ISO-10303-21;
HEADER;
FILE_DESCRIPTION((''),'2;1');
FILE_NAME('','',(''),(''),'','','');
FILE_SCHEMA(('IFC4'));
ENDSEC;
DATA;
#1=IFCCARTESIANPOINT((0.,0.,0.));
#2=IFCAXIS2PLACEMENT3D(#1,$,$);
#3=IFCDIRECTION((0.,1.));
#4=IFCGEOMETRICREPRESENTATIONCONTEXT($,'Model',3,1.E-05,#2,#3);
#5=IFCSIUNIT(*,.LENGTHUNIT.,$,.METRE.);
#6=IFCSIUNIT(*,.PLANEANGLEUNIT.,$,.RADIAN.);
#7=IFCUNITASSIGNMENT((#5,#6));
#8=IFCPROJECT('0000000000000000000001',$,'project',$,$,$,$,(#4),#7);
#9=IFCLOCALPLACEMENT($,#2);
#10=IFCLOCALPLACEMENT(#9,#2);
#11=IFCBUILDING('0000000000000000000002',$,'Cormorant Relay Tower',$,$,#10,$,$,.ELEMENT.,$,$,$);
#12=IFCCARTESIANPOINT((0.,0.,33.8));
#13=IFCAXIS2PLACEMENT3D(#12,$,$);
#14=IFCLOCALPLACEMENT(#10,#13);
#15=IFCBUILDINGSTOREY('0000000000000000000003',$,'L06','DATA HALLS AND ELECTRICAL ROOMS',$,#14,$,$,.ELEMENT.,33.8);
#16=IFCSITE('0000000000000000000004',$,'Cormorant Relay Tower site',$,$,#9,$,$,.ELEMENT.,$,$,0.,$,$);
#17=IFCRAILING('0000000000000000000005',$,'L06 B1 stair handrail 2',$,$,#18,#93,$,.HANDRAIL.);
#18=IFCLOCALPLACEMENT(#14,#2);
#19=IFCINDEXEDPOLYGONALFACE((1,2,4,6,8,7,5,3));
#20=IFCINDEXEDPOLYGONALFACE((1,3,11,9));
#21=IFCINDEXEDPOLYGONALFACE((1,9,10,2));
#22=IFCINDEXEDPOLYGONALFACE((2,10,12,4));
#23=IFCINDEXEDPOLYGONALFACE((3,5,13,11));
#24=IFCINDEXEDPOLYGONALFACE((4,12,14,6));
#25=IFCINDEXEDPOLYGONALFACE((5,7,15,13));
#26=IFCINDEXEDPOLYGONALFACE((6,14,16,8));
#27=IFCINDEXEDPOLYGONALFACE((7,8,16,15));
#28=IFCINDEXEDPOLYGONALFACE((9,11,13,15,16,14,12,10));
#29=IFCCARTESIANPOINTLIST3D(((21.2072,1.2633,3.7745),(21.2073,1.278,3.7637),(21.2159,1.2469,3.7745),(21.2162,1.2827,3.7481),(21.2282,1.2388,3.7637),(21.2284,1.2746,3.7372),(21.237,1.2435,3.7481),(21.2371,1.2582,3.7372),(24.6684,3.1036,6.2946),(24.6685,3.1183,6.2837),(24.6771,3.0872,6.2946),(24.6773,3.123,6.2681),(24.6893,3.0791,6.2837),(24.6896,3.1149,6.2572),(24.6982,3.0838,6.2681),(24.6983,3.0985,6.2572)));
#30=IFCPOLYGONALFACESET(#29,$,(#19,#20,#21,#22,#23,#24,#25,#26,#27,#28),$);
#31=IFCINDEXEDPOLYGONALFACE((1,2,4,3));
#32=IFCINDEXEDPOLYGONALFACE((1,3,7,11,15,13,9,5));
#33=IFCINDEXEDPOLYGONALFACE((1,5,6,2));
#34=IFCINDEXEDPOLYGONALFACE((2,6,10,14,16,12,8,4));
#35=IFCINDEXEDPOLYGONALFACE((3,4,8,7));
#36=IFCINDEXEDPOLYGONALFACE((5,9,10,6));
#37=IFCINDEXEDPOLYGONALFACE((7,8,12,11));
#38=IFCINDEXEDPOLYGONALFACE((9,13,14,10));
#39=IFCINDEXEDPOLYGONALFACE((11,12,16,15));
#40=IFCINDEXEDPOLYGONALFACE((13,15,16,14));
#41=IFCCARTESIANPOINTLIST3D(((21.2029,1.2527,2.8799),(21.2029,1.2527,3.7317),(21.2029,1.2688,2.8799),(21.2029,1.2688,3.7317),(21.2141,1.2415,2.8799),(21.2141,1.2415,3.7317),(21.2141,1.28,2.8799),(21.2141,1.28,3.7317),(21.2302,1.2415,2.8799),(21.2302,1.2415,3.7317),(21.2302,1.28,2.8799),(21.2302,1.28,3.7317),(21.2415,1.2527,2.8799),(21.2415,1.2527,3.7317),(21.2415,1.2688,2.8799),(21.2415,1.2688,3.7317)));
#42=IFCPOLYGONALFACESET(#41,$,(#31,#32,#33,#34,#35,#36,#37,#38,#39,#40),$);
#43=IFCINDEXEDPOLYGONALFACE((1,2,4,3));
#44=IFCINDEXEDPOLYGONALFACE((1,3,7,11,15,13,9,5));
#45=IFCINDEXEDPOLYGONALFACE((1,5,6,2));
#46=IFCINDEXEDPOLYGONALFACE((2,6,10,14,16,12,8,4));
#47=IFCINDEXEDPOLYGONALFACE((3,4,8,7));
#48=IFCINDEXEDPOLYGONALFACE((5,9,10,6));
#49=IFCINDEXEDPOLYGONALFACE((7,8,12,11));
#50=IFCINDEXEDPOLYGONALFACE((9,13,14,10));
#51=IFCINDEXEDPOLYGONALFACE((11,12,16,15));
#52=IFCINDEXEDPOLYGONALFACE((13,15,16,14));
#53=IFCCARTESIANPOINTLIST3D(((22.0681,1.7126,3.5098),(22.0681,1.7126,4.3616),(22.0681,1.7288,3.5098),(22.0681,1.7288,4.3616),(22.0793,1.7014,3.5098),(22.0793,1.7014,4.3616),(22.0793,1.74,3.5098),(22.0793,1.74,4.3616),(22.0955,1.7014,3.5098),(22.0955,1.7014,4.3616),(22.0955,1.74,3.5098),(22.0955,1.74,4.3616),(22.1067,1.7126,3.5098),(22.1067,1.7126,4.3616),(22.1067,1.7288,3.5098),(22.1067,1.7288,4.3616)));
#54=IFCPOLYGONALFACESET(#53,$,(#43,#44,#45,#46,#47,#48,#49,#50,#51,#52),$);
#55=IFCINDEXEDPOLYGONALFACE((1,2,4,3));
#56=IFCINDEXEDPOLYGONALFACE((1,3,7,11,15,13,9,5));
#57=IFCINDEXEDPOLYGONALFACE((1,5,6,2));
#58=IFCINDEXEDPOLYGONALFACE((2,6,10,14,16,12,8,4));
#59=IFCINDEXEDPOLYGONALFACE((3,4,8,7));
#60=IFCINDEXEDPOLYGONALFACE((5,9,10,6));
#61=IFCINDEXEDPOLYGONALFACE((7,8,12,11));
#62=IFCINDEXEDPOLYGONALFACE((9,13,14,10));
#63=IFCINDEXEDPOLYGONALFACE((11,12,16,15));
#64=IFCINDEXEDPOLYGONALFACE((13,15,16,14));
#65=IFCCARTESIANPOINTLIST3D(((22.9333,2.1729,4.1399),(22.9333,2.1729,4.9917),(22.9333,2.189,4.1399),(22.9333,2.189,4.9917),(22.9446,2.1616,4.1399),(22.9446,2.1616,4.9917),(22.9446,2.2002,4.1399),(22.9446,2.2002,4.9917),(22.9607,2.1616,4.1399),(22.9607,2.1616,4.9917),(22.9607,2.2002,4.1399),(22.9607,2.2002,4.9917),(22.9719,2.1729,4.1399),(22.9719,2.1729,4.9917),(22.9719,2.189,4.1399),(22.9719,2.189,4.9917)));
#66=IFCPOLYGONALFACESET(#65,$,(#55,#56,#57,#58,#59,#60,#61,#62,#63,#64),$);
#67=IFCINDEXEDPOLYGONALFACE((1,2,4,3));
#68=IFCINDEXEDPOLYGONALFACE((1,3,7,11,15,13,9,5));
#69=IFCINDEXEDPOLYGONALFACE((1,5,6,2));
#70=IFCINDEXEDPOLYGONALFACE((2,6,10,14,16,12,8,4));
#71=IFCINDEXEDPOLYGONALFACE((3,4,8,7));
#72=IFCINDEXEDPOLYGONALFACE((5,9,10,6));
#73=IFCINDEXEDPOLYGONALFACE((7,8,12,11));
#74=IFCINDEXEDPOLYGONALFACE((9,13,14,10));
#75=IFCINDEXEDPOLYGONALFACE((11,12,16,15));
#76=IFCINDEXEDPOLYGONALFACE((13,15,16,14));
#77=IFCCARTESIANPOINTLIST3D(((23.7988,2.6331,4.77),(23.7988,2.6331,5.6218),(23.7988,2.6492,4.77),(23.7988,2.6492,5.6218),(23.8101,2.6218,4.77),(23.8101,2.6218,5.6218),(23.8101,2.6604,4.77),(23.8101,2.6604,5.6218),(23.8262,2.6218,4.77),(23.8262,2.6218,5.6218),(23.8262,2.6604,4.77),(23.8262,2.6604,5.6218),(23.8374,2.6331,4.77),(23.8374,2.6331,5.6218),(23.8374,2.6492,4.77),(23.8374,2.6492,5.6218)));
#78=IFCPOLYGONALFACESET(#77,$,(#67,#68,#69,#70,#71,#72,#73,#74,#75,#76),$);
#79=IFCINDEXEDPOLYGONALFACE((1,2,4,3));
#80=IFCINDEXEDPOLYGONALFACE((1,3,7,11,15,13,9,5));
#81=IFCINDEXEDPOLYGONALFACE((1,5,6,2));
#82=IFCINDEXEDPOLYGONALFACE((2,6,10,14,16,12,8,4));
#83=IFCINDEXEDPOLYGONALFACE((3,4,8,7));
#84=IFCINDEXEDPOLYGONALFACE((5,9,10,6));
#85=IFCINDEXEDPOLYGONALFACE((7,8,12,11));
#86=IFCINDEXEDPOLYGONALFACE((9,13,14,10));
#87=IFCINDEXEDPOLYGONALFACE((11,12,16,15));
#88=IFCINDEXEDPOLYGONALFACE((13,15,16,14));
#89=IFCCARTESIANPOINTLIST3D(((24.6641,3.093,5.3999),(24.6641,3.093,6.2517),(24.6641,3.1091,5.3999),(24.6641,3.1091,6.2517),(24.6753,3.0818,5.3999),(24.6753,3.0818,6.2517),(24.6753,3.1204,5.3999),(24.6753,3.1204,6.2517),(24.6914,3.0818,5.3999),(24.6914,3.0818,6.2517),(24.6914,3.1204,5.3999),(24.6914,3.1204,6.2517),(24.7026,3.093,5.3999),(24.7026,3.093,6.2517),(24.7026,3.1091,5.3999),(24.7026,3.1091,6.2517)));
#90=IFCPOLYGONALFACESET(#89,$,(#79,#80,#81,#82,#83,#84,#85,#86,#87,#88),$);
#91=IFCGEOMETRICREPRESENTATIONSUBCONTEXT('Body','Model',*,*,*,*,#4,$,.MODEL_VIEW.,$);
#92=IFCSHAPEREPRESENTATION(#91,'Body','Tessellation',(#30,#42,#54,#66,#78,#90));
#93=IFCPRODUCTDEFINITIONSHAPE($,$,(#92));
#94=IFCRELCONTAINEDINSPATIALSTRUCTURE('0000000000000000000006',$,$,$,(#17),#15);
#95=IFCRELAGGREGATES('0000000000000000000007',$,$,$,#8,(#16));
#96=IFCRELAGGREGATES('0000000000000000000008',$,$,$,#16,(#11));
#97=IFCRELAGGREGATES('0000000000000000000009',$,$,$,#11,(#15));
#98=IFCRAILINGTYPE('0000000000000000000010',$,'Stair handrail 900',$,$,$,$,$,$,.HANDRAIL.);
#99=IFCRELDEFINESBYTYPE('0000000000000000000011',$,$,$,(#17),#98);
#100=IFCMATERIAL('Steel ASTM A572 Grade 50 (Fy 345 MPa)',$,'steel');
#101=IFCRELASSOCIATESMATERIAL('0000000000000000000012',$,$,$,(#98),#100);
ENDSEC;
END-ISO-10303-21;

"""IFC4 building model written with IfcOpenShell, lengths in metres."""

from ifc_helpers import new_model, si_unit, direction, frame, origin, place, context, subcontext, project, spatial, polyline, outline, extrude, material, type_object, element, save


model = new_model("IFC4")

# Units and contexts
model_context = context("Model", 3, precision=1e-05, world=origin(), true_north=direction((0.0, 1.0)))
body_context = subcontext(model_context, "Body", "Model", "MODEL_VIEW")
ifc_project = project(units=[si_unit("LENGTHUNIT", "METRE"), si_unit("PLANEANGLEUNIT", "RADIAN")], contexts=[model_context])

# Site, building, storey
site_placement = place(None, origin())
site = spatial("IfcSite", under=ifc_project, at=site_placement, Name="Cormorant Relay Tower site", CompositionType="ELEMENT", RefElevation=0.0)
building_placement = place(site_placement, origin())
building = spatial("IfcBuilding", under=site, at=building_placement, Name="Cormorant Relay Tower", CompositionType="ELEMENT")
storey_placement = place(building_placement, frame((0.0, 0.0, 33.8)))
storey = spatial("IfcBuildingStorey", under=building, at=storey_placement, Name="L06", Description="DATA HALLS AND ELECTRICAL ROOMS", CompositionType="ELEMENT", Elevation=33.8)

# Railing
ifc_material_1 = material(Name="Steel ASTM A572 Grade 50 (Fy 345 MPa)", Category="steel")
railing_type_1 = type_object("IfcRailingType", Name="Stair handrail 900", PredefinedType="HANDRAIL", material=ifc_material_1)
railing_1_placement = place(storey_placement, frame((21.2222, 1.2607, 2.8799)))
element("IfcRailing", 1, at=railing_1_placement, inside=storey, type_object=railing_type_1, Name="L06 B1 stair handrail 2", PredefinedType="HANDRAIL", context=body_context, shape_type="SweptSolid", body=[
    extrude(outline(polyline([(0.0222, 0.0093), (0.0093, 0.0222), (-0.0093, 0.0222), (-0.0222, 0.0093), (-0.0222, -0.0093), (-0.0093, -0.0222), (0.0093, -0.0222), (0.0222, -0.0093), (0.0222, 0.0093)])), frame((0.0, 0.0, 0.876), z_axis=(0.742717, 0.394907, 0.540758), x_axis=(-0.469469, 0.882949, 0.0)), (0.0, 0.0, 1.0), 4.6602),
    extrude(outline(polyline([(0.0193, 0.0081), (0.0081, 0.0193), (-0.0081, 0.0193), (-0.0193, 0.0081), (-0.0193, -0.0081), (-0.0081, -0.0193), (0.0081, -0.0193), (0.0193, -0.0081), (0.0193, 0.0081)])), origin(), (0.0, 0.0, 1.0), 0.8518),
    extrude(outline(polyline([(0.0193, 0.0081), (0.0081, 0.0193), (-0.0081, 0.0193), (-0.0193, 0.0081), (-0.0193, -0.0081), (-0.0081, -0.0193), (0.0081, -0.0193), (0.0193, -0.0081), (0.0193, 0.0081)])), frame((0.8652, 0.46, 0.6299)), (0.0, 0.0, 1.0), 0.8518),
    extrude(outline(polyline([(0.0193, 0.0081), (0.0081, 0.0193), (-0.0081, 0.0193), (-0.0193, 0.0081), (-0.0193, -0.0081), (-0.0081, -0.0193), (0.0081, -0.0193), (0.0193, -0.0081), (0.0193, 0.0081)])), frame((1.7305, 0.9202, 1.26)), (0.0, 0.0, 1.0), 0.8518),
    extrude(outline(polyline([(0.0193, 0.0081), (0.0081, 0.0193), (-0.0081, 0.0193), (-0.0193, 0.0081), (-0.0193, -0.0081), (-0.0081, -0.0193), (0.0081, -0.0193), (0.0193, -0.0081), (0.0193, 0.0081)])), frame((2.5959, 1.3804, 1.8901)), (0.0, 0.0, 1.0), 0.8518),
    extrude(outline(polyline([(0.0193, 0.0081), (0.0081, 0.0193), (-0.0081, 0.0193), (-0.0193, 0.0081), (-0.0193, -0.0081), (-0.0081, -0.0193), (0.0081, -0.0193), (0.0193, -0.0081), (0.0193, 0.0081)])), frame((3.4612, 1.8403, 2.52)), (0.0, 0.0, 1.0), 0.8518),
])

save(model, "model.ifc")
